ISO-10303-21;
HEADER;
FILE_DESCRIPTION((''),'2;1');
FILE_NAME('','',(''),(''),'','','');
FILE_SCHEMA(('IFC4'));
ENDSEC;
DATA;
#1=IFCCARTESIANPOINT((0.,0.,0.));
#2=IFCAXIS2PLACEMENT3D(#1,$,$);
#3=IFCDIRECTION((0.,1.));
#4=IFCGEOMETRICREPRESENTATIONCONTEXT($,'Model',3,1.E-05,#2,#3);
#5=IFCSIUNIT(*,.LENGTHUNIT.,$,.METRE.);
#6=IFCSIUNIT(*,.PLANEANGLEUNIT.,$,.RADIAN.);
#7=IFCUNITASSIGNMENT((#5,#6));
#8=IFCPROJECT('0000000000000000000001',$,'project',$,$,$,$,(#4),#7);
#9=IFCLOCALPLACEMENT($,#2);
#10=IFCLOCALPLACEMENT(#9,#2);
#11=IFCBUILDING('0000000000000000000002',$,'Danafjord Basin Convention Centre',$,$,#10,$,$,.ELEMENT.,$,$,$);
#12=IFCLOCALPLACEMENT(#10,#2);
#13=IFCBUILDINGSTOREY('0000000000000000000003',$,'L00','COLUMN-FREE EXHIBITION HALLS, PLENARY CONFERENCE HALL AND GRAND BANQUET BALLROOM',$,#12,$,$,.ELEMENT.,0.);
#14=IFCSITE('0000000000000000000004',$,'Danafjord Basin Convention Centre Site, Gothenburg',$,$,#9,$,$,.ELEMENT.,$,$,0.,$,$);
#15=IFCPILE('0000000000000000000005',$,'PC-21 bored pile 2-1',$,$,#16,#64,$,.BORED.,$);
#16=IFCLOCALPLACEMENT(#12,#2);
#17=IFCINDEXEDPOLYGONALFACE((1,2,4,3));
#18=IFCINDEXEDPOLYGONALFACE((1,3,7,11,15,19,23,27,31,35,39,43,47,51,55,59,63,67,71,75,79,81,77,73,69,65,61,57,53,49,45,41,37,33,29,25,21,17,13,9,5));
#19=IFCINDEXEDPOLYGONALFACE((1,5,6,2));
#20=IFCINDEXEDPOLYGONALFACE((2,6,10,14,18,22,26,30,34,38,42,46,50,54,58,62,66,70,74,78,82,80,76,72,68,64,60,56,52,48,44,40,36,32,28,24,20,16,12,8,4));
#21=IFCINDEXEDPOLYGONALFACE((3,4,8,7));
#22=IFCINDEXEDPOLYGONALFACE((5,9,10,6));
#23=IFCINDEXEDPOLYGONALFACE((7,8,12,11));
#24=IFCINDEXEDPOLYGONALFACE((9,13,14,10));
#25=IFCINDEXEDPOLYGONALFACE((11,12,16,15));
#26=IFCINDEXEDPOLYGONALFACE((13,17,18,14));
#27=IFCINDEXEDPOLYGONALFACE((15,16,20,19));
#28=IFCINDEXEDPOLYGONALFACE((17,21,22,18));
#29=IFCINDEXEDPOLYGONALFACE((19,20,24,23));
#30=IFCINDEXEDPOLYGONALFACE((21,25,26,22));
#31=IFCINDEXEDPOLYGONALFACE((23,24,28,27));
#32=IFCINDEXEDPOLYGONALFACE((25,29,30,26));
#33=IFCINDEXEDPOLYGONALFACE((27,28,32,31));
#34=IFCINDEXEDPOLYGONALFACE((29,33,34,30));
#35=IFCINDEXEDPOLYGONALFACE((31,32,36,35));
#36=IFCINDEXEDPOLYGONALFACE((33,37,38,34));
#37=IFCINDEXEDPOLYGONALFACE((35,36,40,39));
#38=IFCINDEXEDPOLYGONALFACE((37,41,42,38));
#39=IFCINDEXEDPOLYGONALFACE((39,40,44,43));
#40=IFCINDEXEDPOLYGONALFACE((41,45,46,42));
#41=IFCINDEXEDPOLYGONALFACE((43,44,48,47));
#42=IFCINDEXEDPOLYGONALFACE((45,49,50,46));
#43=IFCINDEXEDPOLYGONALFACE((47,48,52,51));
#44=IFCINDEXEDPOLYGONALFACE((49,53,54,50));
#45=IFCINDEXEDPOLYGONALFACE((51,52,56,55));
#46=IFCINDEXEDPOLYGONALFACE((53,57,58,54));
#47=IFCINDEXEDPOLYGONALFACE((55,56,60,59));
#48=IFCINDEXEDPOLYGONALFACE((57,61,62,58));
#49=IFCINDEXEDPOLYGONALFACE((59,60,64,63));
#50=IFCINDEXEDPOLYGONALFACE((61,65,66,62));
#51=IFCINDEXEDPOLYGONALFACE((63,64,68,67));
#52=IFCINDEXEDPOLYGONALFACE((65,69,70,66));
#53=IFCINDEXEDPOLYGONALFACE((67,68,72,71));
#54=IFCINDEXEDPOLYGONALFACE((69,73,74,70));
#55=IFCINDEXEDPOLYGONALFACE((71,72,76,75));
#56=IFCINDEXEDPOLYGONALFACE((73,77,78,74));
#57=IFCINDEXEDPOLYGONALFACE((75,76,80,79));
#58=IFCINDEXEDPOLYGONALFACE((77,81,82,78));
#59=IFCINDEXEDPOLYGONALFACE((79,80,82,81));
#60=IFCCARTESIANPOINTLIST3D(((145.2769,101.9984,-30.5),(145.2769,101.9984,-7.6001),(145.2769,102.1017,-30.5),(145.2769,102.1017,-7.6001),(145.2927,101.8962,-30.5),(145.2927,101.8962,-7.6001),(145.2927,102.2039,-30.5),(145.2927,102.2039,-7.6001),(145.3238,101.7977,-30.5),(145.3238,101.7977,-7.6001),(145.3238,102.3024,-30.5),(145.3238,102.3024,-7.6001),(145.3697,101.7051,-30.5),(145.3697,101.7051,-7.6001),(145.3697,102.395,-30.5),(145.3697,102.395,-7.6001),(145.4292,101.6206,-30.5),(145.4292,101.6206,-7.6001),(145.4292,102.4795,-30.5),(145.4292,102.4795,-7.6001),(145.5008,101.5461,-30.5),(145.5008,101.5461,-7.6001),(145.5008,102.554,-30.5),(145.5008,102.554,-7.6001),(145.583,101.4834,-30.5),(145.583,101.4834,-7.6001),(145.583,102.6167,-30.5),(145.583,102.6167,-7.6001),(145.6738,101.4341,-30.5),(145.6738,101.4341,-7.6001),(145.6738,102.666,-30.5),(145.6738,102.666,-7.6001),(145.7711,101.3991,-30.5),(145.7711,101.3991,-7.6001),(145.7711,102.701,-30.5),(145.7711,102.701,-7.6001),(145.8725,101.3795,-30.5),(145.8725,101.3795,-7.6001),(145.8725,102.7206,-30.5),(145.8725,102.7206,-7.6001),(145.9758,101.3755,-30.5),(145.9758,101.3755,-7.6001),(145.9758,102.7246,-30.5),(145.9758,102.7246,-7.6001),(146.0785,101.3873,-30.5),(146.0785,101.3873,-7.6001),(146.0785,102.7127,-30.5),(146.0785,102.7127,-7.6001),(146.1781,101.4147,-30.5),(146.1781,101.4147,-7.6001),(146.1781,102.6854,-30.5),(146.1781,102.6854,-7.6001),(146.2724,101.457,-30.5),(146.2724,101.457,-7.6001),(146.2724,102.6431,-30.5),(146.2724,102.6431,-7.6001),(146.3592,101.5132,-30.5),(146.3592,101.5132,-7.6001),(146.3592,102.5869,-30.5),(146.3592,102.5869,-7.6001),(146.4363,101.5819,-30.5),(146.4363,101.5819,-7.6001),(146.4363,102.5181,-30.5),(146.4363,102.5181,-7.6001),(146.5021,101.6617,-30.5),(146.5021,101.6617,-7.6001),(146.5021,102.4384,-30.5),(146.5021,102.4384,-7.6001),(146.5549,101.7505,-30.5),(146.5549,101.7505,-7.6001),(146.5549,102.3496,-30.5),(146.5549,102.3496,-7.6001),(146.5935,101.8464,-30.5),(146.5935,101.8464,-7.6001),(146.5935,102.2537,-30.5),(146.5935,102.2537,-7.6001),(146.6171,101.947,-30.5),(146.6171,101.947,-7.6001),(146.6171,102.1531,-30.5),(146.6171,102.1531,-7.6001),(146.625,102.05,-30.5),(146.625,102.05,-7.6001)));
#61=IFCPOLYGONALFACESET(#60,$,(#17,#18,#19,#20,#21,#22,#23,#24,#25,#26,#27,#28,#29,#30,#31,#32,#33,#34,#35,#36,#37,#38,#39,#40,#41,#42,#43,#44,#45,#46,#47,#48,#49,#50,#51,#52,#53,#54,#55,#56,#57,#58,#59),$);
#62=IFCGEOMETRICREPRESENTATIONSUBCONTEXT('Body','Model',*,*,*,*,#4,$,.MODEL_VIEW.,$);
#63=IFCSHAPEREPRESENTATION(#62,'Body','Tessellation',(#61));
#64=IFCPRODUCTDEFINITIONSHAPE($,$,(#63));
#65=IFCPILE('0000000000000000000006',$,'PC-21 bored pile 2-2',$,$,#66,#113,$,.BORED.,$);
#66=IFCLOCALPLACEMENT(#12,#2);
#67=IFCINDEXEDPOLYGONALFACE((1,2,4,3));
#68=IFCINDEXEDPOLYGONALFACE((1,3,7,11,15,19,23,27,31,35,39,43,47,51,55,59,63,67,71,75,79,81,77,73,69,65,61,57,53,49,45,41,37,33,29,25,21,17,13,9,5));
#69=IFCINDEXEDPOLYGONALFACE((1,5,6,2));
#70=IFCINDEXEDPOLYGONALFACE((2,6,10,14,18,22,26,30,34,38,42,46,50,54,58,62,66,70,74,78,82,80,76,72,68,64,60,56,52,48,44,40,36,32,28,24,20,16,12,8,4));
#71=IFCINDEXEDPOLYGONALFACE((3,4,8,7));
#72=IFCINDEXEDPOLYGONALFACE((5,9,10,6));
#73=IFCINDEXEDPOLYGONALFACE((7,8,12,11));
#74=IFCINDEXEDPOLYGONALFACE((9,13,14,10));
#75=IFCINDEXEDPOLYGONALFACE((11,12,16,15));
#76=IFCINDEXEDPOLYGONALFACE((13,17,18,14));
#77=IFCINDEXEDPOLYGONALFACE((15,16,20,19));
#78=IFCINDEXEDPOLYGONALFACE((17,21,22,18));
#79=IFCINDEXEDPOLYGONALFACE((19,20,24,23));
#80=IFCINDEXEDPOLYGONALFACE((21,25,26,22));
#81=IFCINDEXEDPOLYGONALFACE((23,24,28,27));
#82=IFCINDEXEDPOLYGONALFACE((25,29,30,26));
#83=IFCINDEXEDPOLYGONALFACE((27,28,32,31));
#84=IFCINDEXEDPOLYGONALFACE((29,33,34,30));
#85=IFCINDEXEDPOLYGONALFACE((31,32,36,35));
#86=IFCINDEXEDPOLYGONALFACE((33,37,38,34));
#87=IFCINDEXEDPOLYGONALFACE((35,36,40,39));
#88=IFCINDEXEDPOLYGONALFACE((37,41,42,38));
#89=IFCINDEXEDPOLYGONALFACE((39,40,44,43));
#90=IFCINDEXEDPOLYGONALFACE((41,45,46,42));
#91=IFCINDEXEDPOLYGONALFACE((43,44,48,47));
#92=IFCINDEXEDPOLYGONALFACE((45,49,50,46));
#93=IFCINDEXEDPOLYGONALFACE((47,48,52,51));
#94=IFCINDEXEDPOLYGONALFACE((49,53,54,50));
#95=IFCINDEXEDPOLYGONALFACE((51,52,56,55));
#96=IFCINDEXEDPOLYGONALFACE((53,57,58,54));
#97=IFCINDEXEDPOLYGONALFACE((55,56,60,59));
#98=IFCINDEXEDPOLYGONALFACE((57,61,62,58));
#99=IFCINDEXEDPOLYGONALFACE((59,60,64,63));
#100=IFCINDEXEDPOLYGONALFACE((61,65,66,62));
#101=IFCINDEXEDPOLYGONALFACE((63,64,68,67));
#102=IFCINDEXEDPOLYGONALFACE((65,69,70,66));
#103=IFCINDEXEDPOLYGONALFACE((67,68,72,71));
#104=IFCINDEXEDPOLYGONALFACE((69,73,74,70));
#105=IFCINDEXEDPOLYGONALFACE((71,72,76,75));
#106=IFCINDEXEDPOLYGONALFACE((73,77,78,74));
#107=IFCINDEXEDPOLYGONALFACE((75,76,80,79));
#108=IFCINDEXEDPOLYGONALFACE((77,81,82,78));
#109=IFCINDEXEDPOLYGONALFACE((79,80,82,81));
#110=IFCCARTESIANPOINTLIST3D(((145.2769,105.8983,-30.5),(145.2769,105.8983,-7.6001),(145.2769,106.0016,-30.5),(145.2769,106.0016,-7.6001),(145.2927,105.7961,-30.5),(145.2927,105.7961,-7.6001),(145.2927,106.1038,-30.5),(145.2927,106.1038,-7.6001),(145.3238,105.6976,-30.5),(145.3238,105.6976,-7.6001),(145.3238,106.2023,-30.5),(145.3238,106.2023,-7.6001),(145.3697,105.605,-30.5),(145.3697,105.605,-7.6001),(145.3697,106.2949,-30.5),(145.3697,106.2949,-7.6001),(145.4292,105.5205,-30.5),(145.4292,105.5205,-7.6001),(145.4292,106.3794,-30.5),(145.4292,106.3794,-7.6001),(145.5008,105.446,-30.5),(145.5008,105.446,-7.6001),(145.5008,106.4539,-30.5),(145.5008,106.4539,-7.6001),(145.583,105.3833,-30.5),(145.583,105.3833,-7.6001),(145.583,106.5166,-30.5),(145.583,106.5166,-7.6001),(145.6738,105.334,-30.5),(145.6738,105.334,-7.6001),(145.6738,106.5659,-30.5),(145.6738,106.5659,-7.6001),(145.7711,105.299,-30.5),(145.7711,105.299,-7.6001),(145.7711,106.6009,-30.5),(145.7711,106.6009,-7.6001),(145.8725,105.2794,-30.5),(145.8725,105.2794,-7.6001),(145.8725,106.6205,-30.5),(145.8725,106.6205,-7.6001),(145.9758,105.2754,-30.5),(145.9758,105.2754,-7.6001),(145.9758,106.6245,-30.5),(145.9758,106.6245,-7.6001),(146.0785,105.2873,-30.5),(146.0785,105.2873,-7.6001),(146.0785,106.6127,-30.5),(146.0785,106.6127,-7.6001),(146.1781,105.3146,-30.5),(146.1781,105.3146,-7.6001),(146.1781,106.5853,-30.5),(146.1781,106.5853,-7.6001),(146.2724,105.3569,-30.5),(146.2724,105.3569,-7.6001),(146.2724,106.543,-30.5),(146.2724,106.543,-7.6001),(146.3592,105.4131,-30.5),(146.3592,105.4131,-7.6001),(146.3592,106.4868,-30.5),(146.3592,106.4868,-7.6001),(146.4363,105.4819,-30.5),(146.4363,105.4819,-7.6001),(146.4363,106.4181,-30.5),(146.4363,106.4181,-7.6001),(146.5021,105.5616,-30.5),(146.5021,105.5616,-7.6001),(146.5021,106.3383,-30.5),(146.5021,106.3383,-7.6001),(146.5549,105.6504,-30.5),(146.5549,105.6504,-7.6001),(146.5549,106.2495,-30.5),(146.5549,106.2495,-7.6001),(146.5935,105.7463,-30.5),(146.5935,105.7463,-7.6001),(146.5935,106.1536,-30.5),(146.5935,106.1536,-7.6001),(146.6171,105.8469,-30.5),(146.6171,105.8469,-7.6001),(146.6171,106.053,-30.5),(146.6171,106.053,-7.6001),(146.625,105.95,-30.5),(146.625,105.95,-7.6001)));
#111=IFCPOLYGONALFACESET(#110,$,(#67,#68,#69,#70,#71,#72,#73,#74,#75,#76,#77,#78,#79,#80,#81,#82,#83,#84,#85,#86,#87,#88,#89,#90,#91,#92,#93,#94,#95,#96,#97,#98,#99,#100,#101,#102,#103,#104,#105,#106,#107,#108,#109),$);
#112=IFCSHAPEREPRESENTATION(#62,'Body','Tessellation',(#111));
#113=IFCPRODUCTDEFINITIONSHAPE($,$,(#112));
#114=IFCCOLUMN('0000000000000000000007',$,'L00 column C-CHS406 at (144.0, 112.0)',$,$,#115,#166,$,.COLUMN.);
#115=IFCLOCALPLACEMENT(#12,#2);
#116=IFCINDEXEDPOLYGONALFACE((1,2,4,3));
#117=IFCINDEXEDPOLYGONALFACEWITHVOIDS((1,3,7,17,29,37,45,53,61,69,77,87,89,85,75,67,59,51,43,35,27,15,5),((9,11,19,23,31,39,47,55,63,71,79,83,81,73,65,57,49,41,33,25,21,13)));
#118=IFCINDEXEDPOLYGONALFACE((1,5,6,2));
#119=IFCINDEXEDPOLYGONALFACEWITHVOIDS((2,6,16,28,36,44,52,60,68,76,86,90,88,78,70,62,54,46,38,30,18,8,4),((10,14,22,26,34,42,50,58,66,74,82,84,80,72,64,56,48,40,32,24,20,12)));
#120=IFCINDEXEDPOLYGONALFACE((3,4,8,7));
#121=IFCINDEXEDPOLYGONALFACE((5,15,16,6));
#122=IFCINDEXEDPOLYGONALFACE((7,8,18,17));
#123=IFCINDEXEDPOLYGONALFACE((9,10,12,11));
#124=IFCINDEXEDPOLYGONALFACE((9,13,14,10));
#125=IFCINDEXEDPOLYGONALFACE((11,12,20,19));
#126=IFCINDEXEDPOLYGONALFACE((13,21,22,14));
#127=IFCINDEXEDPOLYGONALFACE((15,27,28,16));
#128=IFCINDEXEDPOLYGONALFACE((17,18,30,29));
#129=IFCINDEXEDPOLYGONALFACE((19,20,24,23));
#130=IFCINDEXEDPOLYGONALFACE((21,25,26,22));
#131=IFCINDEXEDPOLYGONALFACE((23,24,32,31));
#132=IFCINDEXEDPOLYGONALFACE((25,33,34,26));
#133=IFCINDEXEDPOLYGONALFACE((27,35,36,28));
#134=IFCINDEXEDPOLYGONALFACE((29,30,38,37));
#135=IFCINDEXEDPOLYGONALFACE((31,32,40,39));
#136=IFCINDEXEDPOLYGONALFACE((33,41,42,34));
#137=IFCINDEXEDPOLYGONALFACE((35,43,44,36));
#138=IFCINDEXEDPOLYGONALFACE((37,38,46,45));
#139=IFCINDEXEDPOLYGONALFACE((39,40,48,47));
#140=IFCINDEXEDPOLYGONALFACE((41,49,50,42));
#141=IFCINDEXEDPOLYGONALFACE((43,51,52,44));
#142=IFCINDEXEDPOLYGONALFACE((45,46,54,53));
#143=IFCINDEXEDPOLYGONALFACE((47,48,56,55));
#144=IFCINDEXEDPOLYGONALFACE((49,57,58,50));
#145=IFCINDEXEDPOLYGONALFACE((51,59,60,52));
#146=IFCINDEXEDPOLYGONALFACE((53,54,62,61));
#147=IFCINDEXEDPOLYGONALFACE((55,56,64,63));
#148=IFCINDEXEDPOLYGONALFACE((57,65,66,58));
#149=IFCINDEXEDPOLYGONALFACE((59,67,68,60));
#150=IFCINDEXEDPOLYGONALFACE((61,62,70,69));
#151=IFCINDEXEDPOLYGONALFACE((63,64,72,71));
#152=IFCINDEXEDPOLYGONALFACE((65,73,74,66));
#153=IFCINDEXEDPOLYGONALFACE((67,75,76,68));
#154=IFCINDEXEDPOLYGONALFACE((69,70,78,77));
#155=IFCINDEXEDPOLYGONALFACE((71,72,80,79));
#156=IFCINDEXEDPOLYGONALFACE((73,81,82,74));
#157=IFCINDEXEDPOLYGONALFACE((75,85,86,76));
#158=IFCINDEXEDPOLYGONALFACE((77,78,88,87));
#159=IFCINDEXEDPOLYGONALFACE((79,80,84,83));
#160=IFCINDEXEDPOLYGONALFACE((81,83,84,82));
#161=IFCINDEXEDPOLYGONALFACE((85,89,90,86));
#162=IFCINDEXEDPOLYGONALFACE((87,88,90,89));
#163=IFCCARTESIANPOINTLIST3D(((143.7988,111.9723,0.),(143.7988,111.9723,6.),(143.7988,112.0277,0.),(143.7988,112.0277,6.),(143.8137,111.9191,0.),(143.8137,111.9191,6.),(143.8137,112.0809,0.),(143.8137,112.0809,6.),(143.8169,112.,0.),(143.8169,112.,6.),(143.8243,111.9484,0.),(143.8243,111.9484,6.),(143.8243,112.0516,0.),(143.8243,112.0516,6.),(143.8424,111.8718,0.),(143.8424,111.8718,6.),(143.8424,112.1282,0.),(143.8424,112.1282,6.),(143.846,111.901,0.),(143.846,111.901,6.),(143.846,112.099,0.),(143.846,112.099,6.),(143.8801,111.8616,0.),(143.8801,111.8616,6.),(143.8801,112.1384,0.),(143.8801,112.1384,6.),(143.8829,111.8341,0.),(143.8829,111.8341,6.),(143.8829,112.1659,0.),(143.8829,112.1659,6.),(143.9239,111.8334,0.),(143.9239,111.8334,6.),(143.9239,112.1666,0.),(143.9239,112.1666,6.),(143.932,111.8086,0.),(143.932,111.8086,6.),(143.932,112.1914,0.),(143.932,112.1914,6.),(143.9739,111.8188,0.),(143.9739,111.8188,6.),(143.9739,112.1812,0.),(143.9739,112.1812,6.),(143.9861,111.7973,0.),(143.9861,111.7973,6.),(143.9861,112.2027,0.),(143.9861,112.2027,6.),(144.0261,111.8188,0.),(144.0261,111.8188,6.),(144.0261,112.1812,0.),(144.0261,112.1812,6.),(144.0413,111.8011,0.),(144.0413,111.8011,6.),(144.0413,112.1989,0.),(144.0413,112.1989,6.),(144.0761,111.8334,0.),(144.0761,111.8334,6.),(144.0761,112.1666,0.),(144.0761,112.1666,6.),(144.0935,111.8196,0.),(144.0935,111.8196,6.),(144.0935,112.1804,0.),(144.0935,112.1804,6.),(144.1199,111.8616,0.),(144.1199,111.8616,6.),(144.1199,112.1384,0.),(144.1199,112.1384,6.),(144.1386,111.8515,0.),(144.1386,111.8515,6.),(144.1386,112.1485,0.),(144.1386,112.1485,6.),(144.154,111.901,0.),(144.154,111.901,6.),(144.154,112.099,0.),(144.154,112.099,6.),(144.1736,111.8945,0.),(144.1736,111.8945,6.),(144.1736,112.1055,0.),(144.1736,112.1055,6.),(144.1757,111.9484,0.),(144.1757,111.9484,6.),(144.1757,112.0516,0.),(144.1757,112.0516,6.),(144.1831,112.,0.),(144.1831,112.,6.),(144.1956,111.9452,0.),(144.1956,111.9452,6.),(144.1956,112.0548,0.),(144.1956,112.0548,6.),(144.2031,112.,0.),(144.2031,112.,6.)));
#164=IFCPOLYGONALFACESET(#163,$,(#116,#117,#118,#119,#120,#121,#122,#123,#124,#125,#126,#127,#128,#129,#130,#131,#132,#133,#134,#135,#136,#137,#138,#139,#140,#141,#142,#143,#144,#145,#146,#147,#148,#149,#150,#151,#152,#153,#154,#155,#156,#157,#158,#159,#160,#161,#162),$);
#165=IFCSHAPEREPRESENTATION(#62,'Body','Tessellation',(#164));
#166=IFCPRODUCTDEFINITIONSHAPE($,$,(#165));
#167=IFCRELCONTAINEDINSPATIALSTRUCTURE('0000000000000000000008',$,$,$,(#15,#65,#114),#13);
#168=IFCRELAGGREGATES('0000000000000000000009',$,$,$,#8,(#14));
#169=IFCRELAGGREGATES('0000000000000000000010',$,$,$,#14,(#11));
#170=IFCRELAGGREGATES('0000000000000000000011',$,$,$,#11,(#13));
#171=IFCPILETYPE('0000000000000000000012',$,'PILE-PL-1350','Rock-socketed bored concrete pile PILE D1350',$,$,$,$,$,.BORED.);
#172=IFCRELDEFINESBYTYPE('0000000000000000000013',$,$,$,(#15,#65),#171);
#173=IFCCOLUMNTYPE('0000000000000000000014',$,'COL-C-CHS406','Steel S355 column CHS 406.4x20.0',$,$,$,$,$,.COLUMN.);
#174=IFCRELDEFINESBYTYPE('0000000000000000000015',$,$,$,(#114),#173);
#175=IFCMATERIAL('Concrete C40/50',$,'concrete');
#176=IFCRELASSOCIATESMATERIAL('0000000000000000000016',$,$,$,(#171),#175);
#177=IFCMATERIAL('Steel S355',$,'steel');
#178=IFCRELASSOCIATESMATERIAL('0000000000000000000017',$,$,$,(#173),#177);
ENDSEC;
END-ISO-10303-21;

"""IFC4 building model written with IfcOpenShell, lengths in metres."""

from ifc_helpers import new_model, si_unit, direction, frame, origin, origin_2d, place, context, subcontext, project, spatial, circle, hollow_circle, extrude, material, material_profile, profile_set, type_object, element, save


model = new_model("IFC4")

# Units and contexts
model_context = context("Model", 3, precision=1e-05, world=origin(), true_north=direction((0.0, 1.0)))
body_context = subcontext(model_context, "Body", "Model", "MODEL_VIEW")
ifc_project = project(units=[si_unit("LENGTHUNIT", "METRE"), si_unit("PLANEANGLEUNIT", "RADIAN")], contexts=[model_context])

# Site, building, storey
site_placement = place(None, origin())
site = spatial("IfcSite", under=ifc_project, at=site_placement, Name="Danafjord Basin Convention Centre Site, Gothenburg", CompositionType="ELEMENT", RefElevation=0.0)
building_placement = place(site_placement, origin())
building = spatial("IfcBuilding", under=site, at=building_placement, Name="Danafjord Basin Convention Centre", CompositionType="ELEMENT")
storey_placement = place(building_placement, origin())
storey = spatial("IfcBuildingStorey", under=building, at=storey_placement, Name="L00", Description="COLUMN-FREE EXHIBITION HALLS, PLENARY CONFERENCE HALL AND GRAND BANQUET BALLROOM", CompositionType="ELEMENT", Elevation=0.0)

# Shared definitions
ifc_material_1 = material(Name="Concrete C40/50", Category="concrete")

# Piles
ifc_material_profile_1 = material_profile(ifc_material_1, circle(Radius=0.675, at=origin_2d()), Name="PILE D1350")
ifc_profile_set_1 = profile_set([ifc_material_profile_1], Name="Concrete C40/50")
pile_type_1 = type_object("IfcPileType", Name="PILE-PL-1350", Description="Rock-socketed bored concrete pile PILE D1350", PredefinedType="BORED", material=ifc_profile_set_1)
for number, where, z_axis, x_axis, name in (
    (1, (145.95, 102.05, -7.6001), (0.0, 0.0, -1.0), (1.0, 0.0, 0.0), "PC-21 bored pile 2-1"),
    (2, (145.95, 105.95, -7.6001), (0.0, 0.0, -1.0), (1.0, 0.0, 0.0), "PC-21 bored pile 2-2"),
):
    element("IfcPile", number, at=place(storey_placement, frame(where, z_axis=z_axis, x_axis=x_axis)), inside=storey, type_object=pile_type_1, Name=name, PredefinedType="BORED", context=body_context, shape_type="SweptSolid", body=[
        extrude(circle(Radius=0.675, at=origin_2d()), origin(), (0.0, 0.0, 1.0), 22.8999),
    ])

# Column
ifc_material_2 = material(Name="Steel S355", Category="steel")
ifc_material_profile_2 = material_profile(ifc_material_2, hollow_circle(Radius=0.2031, WallThickness=0.02, at=origin_2d()), Name="CHS 406.4x20.0")
ifc_profile_set_2 = profile_set([ifc_material_profile_2], Name="Steel S355")
column_type_1 = type_object("IfcColumnType", Name="COL-C-CHS406", Description="Steel S355 column CHS 406.4x20.0", PredefinedType="COLUMN", material=ifc_profile_set_2)
column_1_placement = place(storey_placement, frame((144.0, 112.0, 0.0), z_axis=(0.0, 0.0, 1.0), x_axis=(1.0, 0.0, 0.0)))
element("IfcColumn", 3, at=column_1_placement, inside=storey, type_object=column_type_1, Name="L00 column C-CHS406 at (144.0, 112.0)", PredefinedType="COLUMN", context=body_context, shape_type="SweptSolid", body=[
    extrude(hollow_circle(Radius=0.2031, WallThickness=0.02, at=origin_2d()), origin(), (0.0, 0.0, 1.0), 6.0),
])

save(model, "model.ifc")
